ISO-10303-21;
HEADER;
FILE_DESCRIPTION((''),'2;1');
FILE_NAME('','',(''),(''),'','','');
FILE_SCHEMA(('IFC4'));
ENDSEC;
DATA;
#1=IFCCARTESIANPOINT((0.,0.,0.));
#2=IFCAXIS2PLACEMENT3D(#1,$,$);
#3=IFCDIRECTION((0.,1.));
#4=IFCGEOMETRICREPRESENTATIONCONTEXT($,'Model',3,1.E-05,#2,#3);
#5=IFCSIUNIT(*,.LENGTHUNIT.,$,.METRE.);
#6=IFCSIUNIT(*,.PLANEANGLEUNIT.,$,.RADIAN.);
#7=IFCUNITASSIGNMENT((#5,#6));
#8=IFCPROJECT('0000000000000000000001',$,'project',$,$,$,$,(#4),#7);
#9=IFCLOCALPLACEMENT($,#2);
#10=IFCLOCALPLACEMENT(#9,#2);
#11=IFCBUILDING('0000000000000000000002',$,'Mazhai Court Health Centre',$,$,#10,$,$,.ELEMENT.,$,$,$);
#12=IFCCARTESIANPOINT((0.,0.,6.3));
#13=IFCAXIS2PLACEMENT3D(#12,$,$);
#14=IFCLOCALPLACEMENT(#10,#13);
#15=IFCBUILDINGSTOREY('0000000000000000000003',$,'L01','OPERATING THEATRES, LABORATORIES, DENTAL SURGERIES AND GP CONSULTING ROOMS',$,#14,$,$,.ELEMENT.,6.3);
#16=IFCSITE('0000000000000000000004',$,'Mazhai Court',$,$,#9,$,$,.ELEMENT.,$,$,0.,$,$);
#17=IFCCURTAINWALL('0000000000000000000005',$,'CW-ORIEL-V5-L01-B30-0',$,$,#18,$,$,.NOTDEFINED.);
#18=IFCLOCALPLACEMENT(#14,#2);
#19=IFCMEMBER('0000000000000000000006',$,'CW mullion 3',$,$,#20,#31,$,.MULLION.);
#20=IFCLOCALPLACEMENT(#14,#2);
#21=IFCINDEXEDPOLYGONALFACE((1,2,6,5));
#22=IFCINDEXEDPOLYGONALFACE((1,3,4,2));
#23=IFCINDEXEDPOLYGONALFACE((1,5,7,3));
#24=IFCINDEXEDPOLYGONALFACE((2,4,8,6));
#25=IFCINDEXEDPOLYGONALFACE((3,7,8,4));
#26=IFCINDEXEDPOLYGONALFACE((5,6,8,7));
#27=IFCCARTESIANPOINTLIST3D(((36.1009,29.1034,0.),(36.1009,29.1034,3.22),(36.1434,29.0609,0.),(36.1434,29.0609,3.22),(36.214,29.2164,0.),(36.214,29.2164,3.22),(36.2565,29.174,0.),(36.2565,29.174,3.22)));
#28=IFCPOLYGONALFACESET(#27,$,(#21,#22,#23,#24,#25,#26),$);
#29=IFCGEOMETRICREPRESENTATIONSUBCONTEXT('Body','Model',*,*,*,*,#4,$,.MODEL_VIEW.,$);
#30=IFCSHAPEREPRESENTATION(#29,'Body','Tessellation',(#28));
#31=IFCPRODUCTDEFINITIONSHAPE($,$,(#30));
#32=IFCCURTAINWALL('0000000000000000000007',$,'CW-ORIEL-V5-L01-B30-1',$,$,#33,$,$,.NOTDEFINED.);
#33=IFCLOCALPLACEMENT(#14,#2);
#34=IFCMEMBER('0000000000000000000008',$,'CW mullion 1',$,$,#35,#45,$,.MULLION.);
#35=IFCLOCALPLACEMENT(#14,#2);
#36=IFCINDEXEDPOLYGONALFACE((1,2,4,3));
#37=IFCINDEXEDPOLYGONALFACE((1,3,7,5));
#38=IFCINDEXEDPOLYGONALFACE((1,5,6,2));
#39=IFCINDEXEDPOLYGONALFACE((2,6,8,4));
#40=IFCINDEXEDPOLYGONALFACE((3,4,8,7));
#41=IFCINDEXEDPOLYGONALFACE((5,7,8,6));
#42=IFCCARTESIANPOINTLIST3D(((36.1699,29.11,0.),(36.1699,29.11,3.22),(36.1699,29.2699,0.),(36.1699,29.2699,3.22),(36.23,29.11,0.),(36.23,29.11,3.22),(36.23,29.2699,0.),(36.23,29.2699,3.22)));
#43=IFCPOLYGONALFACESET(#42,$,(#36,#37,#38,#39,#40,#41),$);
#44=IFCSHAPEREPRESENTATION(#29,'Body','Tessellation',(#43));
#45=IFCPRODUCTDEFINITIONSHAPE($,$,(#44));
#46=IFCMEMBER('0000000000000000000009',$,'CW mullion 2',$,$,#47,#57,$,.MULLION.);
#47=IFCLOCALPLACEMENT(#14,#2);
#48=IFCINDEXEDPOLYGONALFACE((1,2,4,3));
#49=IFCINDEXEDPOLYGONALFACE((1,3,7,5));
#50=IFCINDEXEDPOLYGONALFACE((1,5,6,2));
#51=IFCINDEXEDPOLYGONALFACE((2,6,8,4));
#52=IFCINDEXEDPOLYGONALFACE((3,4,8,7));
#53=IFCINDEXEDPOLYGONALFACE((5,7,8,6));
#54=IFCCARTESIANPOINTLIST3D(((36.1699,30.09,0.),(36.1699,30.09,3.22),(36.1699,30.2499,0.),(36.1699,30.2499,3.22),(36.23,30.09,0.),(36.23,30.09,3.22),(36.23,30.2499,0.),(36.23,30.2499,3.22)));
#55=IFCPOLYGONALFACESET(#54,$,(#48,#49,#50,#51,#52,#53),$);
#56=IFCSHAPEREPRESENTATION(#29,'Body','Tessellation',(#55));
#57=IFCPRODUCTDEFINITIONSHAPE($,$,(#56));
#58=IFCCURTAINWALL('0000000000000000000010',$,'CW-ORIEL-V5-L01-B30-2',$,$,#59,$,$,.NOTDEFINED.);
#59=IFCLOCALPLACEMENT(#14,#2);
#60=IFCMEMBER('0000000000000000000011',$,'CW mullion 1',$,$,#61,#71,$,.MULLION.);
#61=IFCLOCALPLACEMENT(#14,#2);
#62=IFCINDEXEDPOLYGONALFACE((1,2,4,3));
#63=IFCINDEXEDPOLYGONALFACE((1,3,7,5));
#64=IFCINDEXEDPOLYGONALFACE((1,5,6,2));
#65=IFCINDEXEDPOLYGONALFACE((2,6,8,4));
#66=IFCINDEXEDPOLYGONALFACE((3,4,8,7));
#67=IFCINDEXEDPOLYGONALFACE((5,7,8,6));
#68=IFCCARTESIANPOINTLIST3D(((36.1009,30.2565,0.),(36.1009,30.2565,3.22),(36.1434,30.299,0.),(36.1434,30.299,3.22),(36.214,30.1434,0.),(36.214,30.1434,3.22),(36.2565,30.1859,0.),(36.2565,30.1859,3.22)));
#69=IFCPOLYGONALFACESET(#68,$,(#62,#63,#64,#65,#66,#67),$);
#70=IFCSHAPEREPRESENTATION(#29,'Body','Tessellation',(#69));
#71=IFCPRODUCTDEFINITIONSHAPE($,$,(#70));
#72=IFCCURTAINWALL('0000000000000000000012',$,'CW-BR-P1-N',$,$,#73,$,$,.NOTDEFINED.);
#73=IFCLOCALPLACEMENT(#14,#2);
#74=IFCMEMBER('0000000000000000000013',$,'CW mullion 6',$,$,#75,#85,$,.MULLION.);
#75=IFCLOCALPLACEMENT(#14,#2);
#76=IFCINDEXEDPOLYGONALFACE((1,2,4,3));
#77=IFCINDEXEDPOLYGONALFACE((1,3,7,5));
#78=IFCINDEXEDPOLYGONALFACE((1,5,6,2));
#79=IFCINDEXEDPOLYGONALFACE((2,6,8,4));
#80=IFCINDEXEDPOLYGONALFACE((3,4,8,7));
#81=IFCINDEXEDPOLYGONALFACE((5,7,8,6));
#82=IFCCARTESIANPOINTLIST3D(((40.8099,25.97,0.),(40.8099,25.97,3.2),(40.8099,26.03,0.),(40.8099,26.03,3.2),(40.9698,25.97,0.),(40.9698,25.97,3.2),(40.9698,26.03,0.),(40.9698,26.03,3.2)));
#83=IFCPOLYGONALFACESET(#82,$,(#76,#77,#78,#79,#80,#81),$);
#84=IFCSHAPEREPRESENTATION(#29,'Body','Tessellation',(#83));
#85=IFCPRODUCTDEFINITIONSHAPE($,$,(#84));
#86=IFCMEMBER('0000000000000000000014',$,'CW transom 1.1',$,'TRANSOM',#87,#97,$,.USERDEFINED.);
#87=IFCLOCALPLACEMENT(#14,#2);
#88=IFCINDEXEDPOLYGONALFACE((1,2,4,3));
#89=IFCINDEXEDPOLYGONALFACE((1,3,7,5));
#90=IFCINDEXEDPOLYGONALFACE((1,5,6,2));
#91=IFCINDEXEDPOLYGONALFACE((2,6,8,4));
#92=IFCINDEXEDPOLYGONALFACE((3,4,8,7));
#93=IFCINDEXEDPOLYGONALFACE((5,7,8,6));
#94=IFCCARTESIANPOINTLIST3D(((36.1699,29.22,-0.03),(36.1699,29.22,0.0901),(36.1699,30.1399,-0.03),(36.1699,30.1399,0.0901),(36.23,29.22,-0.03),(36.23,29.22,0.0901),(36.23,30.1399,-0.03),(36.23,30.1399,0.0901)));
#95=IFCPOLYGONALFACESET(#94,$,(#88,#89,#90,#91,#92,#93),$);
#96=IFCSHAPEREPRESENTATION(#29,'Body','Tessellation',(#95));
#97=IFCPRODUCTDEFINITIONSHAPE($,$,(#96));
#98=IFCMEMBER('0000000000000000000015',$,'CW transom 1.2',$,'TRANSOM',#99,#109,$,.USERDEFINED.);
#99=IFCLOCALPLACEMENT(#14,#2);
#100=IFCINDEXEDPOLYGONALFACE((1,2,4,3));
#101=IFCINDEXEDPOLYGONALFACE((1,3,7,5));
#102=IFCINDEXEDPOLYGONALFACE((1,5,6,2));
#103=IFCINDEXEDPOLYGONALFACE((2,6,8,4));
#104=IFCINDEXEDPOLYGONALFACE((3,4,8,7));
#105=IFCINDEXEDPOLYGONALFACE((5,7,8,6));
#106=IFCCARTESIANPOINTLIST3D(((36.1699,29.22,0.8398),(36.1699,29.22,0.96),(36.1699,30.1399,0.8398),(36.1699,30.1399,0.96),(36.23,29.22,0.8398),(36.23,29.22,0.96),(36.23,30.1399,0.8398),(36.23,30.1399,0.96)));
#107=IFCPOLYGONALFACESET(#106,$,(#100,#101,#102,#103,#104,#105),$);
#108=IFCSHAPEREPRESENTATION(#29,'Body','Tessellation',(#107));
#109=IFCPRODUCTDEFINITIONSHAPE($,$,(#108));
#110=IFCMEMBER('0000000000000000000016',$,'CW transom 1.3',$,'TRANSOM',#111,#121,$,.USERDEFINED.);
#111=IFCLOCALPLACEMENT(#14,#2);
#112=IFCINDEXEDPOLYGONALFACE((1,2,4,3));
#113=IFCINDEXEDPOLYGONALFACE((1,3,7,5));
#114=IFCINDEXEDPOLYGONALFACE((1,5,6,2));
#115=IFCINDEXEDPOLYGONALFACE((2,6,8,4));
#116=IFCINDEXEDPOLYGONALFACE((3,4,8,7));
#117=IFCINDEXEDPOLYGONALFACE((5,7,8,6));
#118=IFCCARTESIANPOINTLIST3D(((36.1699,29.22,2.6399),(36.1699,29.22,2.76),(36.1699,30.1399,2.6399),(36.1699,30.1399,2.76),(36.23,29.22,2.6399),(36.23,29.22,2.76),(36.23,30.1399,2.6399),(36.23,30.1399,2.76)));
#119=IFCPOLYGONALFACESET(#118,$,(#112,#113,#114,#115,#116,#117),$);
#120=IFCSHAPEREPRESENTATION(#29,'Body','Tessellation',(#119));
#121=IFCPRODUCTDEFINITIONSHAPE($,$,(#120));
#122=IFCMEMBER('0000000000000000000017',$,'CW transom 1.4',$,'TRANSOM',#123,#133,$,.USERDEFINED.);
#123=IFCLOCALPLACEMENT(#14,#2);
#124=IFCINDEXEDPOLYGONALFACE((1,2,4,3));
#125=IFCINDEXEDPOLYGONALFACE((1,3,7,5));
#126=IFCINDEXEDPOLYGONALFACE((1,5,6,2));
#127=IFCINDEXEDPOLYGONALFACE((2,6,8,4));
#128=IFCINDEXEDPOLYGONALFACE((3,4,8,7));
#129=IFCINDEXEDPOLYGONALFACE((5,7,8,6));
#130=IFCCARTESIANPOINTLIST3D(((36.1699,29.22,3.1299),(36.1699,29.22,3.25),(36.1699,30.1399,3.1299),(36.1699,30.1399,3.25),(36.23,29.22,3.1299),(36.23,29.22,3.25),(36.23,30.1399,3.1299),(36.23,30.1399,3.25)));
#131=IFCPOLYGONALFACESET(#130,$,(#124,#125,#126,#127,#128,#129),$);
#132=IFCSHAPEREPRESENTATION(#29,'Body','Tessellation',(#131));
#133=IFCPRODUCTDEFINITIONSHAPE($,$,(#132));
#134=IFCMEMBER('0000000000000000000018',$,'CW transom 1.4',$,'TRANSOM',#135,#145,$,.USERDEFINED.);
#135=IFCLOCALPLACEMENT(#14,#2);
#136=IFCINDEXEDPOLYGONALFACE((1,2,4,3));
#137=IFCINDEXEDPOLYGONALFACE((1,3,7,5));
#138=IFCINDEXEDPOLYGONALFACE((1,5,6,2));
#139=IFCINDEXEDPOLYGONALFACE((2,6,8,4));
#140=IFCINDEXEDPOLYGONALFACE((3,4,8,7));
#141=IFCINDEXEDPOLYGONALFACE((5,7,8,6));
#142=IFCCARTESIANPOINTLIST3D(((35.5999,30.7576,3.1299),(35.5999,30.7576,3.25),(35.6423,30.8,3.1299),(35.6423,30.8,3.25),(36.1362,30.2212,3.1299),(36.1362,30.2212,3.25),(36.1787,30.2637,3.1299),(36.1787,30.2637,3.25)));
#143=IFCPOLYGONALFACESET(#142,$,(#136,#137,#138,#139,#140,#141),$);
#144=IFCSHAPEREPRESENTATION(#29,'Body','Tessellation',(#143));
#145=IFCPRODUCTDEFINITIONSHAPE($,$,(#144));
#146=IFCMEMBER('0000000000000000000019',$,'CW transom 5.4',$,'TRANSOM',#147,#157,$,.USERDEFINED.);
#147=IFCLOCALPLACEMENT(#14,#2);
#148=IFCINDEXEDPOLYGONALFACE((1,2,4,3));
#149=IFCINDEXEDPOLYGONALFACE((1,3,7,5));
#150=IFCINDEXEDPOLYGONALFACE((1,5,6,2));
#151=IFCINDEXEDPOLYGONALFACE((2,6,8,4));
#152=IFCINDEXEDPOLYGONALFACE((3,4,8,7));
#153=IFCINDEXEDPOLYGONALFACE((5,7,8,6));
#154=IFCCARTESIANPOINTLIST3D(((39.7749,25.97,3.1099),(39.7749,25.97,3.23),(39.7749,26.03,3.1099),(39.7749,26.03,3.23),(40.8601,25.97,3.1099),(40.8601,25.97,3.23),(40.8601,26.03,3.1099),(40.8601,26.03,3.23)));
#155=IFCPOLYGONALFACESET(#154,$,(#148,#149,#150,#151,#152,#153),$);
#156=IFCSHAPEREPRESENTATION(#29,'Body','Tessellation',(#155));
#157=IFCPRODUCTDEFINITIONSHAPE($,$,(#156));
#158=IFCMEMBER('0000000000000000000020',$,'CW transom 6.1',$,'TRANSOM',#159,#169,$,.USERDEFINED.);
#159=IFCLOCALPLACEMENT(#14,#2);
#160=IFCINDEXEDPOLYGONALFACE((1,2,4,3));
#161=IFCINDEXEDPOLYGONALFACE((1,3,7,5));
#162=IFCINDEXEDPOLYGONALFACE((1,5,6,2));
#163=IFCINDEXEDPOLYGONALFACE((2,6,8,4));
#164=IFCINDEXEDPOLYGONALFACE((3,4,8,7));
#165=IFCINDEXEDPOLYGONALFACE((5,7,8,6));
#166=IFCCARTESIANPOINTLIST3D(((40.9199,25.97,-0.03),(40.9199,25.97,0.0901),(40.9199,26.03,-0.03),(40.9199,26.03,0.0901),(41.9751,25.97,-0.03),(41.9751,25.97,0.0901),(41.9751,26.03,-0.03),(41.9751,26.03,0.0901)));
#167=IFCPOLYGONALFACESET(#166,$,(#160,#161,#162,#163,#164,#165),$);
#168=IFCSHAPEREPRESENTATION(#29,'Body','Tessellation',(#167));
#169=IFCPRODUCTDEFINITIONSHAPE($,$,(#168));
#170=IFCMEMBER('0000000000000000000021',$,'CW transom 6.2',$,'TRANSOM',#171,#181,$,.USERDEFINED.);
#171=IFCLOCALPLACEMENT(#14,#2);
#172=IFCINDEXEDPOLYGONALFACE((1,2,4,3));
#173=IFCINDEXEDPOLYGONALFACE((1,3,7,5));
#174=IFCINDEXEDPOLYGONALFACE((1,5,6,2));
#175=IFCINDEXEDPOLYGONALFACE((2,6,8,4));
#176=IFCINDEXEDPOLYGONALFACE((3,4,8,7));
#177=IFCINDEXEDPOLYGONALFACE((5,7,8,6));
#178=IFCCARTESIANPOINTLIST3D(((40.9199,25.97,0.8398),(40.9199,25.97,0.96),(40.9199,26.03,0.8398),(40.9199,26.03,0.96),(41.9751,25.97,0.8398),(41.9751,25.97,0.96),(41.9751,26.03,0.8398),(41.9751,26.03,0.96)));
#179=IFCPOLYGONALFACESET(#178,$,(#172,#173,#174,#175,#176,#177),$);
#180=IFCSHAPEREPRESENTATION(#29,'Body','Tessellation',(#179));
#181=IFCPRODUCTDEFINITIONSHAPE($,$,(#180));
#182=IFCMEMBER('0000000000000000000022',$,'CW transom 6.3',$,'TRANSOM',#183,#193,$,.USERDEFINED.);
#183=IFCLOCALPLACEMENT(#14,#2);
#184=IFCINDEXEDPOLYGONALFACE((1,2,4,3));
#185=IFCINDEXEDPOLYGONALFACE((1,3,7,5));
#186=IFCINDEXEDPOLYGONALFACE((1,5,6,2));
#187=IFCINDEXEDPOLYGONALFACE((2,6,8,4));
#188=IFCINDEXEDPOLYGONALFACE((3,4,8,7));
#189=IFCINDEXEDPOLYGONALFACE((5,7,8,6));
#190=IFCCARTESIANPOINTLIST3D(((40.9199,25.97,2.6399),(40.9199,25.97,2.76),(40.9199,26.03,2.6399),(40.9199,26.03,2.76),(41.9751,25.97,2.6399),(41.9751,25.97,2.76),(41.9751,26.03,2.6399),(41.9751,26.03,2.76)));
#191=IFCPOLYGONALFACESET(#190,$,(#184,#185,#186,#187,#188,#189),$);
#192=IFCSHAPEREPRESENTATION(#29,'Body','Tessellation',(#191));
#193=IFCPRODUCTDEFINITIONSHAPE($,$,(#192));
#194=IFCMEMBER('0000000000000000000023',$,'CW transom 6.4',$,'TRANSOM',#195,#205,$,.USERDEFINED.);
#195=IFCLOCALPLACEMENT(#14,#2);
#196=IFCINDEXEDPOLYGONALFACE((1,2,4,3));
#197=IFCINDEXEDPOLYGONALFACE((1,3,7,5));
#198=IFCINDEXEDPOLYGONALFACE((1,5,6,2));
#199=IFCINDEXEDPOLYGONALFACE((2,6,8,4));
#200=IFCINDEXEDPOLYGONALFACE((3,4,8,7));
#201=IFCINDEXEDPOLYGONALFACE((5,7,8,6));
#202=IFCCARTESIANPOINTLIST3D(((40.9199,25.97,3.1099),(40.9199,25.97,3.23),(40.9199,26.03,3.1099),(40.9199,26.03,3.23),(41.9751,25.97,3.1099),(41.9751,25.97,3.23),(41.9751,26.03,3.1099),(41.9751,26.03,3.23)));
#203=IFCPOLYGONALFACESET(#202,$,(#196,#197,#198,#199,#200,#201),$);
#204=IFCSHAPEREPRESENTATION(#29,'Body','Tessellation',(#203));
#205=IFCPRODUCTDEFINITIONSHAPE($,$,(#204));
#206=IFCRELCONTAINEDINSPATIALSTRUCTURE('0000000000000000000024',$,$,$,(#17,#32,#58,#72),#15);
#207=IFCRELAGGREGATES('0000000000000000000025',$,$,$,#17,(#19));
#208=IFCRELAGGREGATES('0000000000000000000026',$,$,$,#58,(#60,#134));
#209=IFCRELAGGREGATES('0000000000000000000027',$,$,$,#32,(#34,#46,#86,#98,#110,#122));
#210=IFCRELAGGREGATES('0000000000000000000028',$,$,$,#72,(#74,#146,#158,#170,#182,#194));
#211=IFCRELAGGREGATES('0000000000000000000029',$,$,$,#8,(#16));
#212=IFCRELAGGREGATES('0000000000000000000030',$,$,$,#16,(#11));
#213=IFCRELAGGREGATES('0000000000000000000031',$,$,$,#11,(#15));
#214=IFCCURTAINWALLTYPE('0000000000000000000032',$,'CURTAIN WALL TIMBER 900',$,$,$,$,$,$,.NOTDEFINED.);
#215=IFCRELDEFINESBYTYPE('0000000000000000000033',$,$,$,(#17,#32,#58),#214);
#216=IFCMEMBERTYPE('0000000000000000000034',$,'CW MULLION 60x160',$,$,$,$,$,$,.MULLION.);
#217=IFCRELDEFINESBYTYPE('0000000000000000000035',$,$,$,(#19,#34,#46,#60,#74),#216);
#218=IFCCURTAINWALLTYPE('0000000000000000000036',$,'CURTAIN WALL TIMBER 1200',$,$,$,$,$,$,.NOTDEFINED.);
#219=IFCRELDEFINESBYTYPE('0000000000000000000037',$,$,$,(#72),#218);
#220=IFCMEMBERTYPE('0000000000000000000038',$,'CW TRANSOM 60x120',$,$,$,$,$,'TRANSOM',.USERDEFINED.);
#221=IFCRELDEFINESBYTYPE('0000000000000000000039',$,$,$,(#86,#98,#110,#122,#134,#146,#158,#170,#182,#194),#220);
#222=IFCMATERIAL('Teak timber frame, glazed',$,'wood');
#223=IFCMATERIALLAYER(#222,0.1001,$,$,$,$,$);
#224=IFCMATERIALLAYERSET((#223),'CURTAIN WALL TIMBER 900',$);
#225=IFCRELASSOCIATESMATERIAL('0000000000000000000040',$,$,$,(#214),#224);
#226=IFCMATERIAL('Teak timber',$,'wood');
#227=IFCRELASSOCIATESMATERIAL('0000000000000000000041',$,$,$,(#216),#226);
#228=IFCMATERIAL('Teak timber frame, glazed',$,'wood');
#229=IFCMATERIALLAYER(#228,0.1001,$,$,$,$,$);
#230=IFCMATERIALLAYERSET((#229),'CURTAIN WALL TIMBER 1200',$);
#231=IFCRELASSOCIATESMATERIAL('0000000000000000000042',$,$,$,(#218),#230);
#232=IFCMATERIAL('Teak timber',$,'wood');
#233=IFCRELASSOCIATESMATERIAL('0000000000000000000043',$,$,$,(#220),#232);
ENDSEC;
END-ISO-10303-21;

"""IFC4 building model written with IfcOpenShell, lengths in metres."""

from ifc_helpers import new_model, si_unit, direction, frame, origin, origin_2d, place, context, subcontext, project, spatial, rectangle, extrude, material, layer, layer_set, material_profile, profile_set, type_object, element, aggregate, save


model = new_model("IFC4")

# Units and contexts
model_context = context("Model", 3, precision=1e-05, world=origin(), true_north=direction((0.0, 1.0)))
body_context = subcontext(model_context, "Body", "Model", "MODEL_VIEW")
ifc_project = project(units=[si_unit("LENGTHUNIT", "METRE"), si_unit("PLANEANGLEUNIT", "RADIAN")], contexts=[model_context])

# Site, building, storey
site_placement = place(None, origin())
site = spatial("IfcSite", under=ifc_project, at=site_placement, Name="Mazhai Court", CompositionType="ELEMENT", RefElevation=0.0)
building_placement = place(site_placement, origin())
building = spatial("IfcBuilding", under=site, at=building_placement, Name="Mazhai Court Health Centre", CompositionType="ELEMENT")
storey_placement = place(building_placement, frame((0.0, 0.0, 6.3)))
storey = spatial("IfcBuildingStorey", under=building, at=storey_placement, Name="L01", Description="OPERATING THEATRES, LABORATORIES, DENTAL SURGERIES AND GP CONSULTING ROOMS", CompositionType="ELEMENT", Elevation=6.3)

# Curtain wall, member
ifc_material_1 = material(Name="Teak timber frame, glazed", Category="wood")
ifc_layer_1 = layer(ifc_material_1, 0.1001)
ifc_layer_set_1 = layer_set([ifc_layer_1], Name="CURTAIN WALL TIMBER 900")
curtain_wall_type_1 = type_object("IfcCurtainWallType", Name="CURTAIN WALL TIMBER 900", PredefinedType="NOTDEFINED", material=ifc_layer_set_1)
curtain_wall_1_placement = place(storey_placement, origin())
curtain_wall_1 = element("IfcCurtainWall", 1, at=curtain_wall_1_placement, inside=storey, type_object=curtain_wall_type_1, Name="CW-ORIEL-V5-L01-B30-0", PredefinedType="NOTDEFINED")
ifc_material_2 = material(Name="Teak timber", Category="wood")
ifc_material_profile_1 = material_profile(ifc_material_2, rectangle(XDim=0.0601, YDim=0.1599, at=origin_2d()), Name="CW MULLION 60x160")
ifc_profile_set_1 = profile_set([ifc_material_profile_1], Name="Teak timber")
member_type_1 = type_object("IfcMemberType", Name="CW MULLION 60x160", PredefinedType="MULLION", material=ifc_profile_set_1)
member_1_placement = place(storey_placement, frame((36.1787, 29.1387, 0.0), z_axis=(0.0, 0.0, 1.0), x_axis=(-0.707107, 0.707107, 0.0)))
member_1 = element("IfcMember", 2, at=member_1_placement, type_object=member_type_1, Name="CW mullion 3", PredefinedType="MULLION", context=body_context, shape_type="SweptSolid", body=[
    extrude(rectangle(XDim=0.0601, YDim=0.1599, at=origin_2d()), origin(), (0.0, 0.0, 1.0), 3.22),
])
aggregate(curtain_wall_1, [member_1])

# Curtain wall, members
curtain_wall_2_placement = place(storey_placement, origin())
curtain_wall_2 = element("IfcCurtainWall", 3, at=curtain_wall_2_placement, inside=storey, type_object=curtain_wall_type_1, Name="CW-ORIEL-V5-L01-B30-1", PredefinedType="NOTDEFINED")
member_2_placement = place(storey_placement, frame((36.2, 29.1899, 0.0), z_axis=(0.0, 0.0, 1.0), x_axis=(-1.0, 0.0, 0.0)))
member_2 = element("IfcMember", 4, at=member_2_placement, type_object=member_type_1, Name="CW mullion 1", PredefinedType="MULLION", context=body_context, shape_type="SweptSolid", body=[
    extrude(rectangle(XDim=0.0601, YDim=0.1599, at=origin_2d()), origin(), (0.0, 0.0, 1.0), 3.22),
])
member_3_placement = place(storey_placement, frame((36.2, 30.1699, 0.0), z_axis=(0.0, 0.0, 1.0), x_axis=(-1.0, 0.0, 0.0)))
member_3 = element("IfcMember", 5, at=member_3_placement, type_object=member_type_1, Name="CW mullion 2", PredefinedType="MULLION", context=body_context, shape_type="SweptSolid", body=[
    extrude(rectangle(XDim=0.0601, YDim=0.1599, at=origin_2d()), origin(), (0.0, 0.0, 1.0), 3.22),
])

# Curtain walls, members
curtain_wall_3_placement = place(storey_placement, origin())
curtain_wall_3 = element("IfcCurtainWall", 6, at=curtain_wall_3_placement, inside=storey, type_object=curtain_wall_type_1, Name="CW-ORIEL-V5-L01-B30-2", PredefinedType="NOTDEFINED")
member_4_placement = place(storey_placement, frame((36.1787, 30.2212, 0.0), z_axis=(0.0, 0.0, 1.0), x_axis=(-0.707107, -0.707107, 0.0)))
member_4 = element("IfcMember", 7, at=member_4_placement, type_object=member_type_1, Name="CW mullion 1", PredefinedType="MULLION", context=body_context, shape_type="SweptSolid", body=[
    extrude(rectangle(XDim=0.0601, YDim=0.1599, at=origin_2d()), origin(), (0.0, 0.0, 1.0), 3.22),
])
ifc_material_3 = material(Name="Teak timber frame, glazed", Category="wood")
ifc_layer_2 = layer(ifc_material_3, 0.1001)
ifc_layer_set_2 = layer_set([ifc_layer_2], Name="CURTAIN WALL TIMBER 1200")
curtain_wall_type_2 = type_object("IfcCurtainWallType", Name="CURTAIN WALL TIMBER 1200", PredefinedType="NOTDEFINED", material=ifc_layer_set_2)
curtain_wall_4_placement = place(storey_placement, origin())
curtain_wall_4 = element("IfcCurtainWall", 8, at=curtain_wall_4_placement, inside=storey, type_object=curtain_wall_type_2, Name="CW-BR-P1-N", PredefinedType="NOTDEFINED")
member_5_placement = place(storey_placement, frame((40.8899, 26.0, 0.0), z_axis=(0.0, 0.0, 1.0), x_axis=(0.0, 1.0, 0.0)))
member_5 = element("IfcMember", 9, at=member_5_placement, type_object=member_type_1, Name="CW mullion 6", PredefinedType="MULLION", context=body_context, shape_type="SweptSolid", body=[
    extrude(rectangle(XDim=0.0601, YDim=0.1599, at=origin_2d()), origin(), (0.0, 0.0, 1.0), 3.2),
])

# Members
ifc_material_4 = material(Name="Teak timber", Category="wood")
ifc_material_profile_2 = material_profile(ifc_material_4, rectangle(XDim=0.0601, YDim=0.1201, at=origin_2d()), Name="CW TRANSOM 60x120")
ifc_profile_set_2 = profile_set([ifc_material_profile_2], Name="Teak timber")
member_type_2 = type_object("IfcMemberType", Name="CW TRANSOM 60x120", ElementType="TRANSOM", PredefinedType="USERDEFINED", material=ifc_profile_set_2)
member_6_placement = place(storey_placement, frame((36.2, 29.22, 0.03), z_axis=(0.0, 1.0, 0.0), x_axis=(-1.0, 0.0, 0.0)))
member_6 = element("IfcMember", 10, at=member_6_placement, type_object=member_type_2, Name="CW transom 1.1", ObjectType="TRANSOM", PredefinedType="USERDEFINED", context=body_context, shape_type="SweptSolid", body=[
    extrude(rectangle(XDim=0.0601, YDim=0.1201, at=origin_2d()), origin(), (0.0, 0.0, 1.0), 0.9199),
])
member_7_placement = place(storey_placement, frame((36.2, 29.22, 0.8999), z_axis=(0.0, 1.0, 0.0), x_axis=(-1.0, 0.0, 0.0)))
member_7 = element("IfcMember", 11, at=member_7_placement, type_object=member_type_2, Name="CW transom 1.2", ObjectType="TRANSOM", PredefinedType="USERDEFINED", context=body_context, shape_type="SweptSolid", body=[
    extrude(rectangle(XDim=0.0601, YDim=0.1201, at=origin_2d()), origin(), (0.0, 0.0, 1.0), 0.9199),
])
member_8_placement = place(storey_placement, frame((36.2, 29.22, 2.7), z_axis=(0.0, 1.0, 0.0), x_axis=(-1.0, 0.0, 0.0)))
member_8 = element("IfcMember", 12, at=member_8_placement, type_object=member_type_2, Name="CW transom 1.3", ObjectType="TRANSOM", PredefinedType="USERDEFINED", context=body_context, shape_type="SweptSolid", body=[
    extrude(rectangle(XDim=0.0601, YDim=0.1201, at=origin_2d()), origin(), (0.0, 0.0, 1.0), 0.9199),
])
member_9_placement = place(storey_placement, frame((36.2, 29.22, 3.1899), z_axis=(0.0, 1.0, 0.0), x_axis=(-1.0, 0.0, 0.0)))
member_9 = element("IfcMember", 13, at=member_9_placement, type_object=member_type_2, Name="CW transom 1.4", ObjectType="TRANSOM", PredefinedType="USERDEFINED", context=body_context, shape_type="SweptSolid", body=[
    extrude(rectangle(XDim=0.0601, YDim=0.1201, at=origin_2d()), origin(), (0.0, 0.0, 1.0), 0.9199),
])
member_10_placement = place(storey_placement, frame((36.1575, 30.2424, 3.1899), z_axis=(-0.707107, 0.707107, 0.0), x_axis=(-0.707107, -0.707107, 0.0)))
member_10 = element("IfcMember", 14, at=member_10_placement, type_object=member_type_2, Name="CW transom 1.4", ObjectType="TRANSOM", PredefinedType="USERDEFINED", context=body_context, shape_type="SweptSolid", body=[
    extrude(rectangle(XDim=0.0601, YDim=0.1201, at=origin_2d()), origin(), (0.0, 0.0, 1.0), 0.7585),
])
aggregate(curtain_wall_3, [member_4, member_10])
member_11_placement = place(storey_placement, frame((39.7749, 26.0, 3.1699), z_axis=(1.0, 0.0, 0.0), x_axis=(0.0, 1.0, 0.0)))
member_11 = element("IfcMember", 15, at=member_11_placement, type_object=member_type_2, Name="CW transom 5.4", ObjectType="TRANSOM", PredefinedType="USERDEFINED", context=body_context, shape_type="SweptSolid", body=[
    extrude(rectangle(XDim=0.0601, YDim=0.1201, at=origin_2d()), origin(), (0.0, 0.0, 1.0), 1.0852),
])
member_12_placement = place(storey_placement, frame((40.9199, 26.0, 0.03), z_axis=(1.0, 0.0, 0.0), x_axis=(0.0, 1.0, 0.0)))
member_12 = element("IfcMember", 16, at=member_12_placement, type_object=member_type_2, Name="CW transom 6.1", ObjectType="TRANSOM", PredefinedType="USERDEFINED", context=body_context, shape_type="SweptSolid", body=[
    extrude(rectangle(XDim=0.0601, YDim=0.1201, at=origin_2d()), origin(), (0.0, 0.0, 1.0), 1.0552),
])
member_13_placement = place(storey_placement, frame((40.9199, 26.0, 0.8999), z_axis=(1.0, 0.0, 0.0), x_axis=(0.0, 1.0, 0.0)))
member_13 = element("IfcMember", 17, at=member_13_placement, type_object=member_type_2, Name="CW transom 6.2", ObjectType="TRANSOM", PredefinedType="USERDEFINED", context=body_context, shape_type="SweptSolid", body=[
    extrude(rectangle(XDim=0.0601, YDim=0.1201, at=origin_2d()), origin(), (0.0, 0.0, 1.0), 1.0552),
])
member_14_placement = place(storey_placement, frame((40.9199, 26.0, 2.7), z_axis=(1.0, 0.0, 0.0), x_axis=(0.0, 1.0, 0.0)))
member_14 = element("IfcMember", 18, at=member_14_placement, type_object=member_type_2, Name="CW transom 6.3", ObjectType="TRANSOM", PredefinedType="USERDEFINED", context=body_context, shape_type="SweptSolid", body=[
    extrude(rectangle(XDim=0.0601, YDim=0.1201, at=origin_2d()), origin(), (0.0, 0.0, 1.0), 1.0552),
])
member_15_placement = place(storey_placement, frame((40.9199, 26.0, 3.1699), z_axis=(1.0, 0.0, 0.0), x_axis=(0.0, 1.0, 0.0)))
member_15 = element("IfcMember", 19, at=member_15_placement, type_object=member_type_2, Name="CW transom 6.4", ObjectType="TRANSOM", PredefinedType="USERDEFINED", context=body_context, shape_type="SweptSolid", body=[
    extrude(rectangle(XDim=0.0601, YDim=0.1201, at=origin_2d()), origin(), (0.0, 0.0, 1.0), 1.0552),
])

aggregate(curtain_wall_2, [member_2, member_3, member_6, member_7, member_8, member_9])
aggregate(curtain_wall_4, [member_5, member_11, member_12, member_13, member_14, member_15])

save(model, "model.ifc")
